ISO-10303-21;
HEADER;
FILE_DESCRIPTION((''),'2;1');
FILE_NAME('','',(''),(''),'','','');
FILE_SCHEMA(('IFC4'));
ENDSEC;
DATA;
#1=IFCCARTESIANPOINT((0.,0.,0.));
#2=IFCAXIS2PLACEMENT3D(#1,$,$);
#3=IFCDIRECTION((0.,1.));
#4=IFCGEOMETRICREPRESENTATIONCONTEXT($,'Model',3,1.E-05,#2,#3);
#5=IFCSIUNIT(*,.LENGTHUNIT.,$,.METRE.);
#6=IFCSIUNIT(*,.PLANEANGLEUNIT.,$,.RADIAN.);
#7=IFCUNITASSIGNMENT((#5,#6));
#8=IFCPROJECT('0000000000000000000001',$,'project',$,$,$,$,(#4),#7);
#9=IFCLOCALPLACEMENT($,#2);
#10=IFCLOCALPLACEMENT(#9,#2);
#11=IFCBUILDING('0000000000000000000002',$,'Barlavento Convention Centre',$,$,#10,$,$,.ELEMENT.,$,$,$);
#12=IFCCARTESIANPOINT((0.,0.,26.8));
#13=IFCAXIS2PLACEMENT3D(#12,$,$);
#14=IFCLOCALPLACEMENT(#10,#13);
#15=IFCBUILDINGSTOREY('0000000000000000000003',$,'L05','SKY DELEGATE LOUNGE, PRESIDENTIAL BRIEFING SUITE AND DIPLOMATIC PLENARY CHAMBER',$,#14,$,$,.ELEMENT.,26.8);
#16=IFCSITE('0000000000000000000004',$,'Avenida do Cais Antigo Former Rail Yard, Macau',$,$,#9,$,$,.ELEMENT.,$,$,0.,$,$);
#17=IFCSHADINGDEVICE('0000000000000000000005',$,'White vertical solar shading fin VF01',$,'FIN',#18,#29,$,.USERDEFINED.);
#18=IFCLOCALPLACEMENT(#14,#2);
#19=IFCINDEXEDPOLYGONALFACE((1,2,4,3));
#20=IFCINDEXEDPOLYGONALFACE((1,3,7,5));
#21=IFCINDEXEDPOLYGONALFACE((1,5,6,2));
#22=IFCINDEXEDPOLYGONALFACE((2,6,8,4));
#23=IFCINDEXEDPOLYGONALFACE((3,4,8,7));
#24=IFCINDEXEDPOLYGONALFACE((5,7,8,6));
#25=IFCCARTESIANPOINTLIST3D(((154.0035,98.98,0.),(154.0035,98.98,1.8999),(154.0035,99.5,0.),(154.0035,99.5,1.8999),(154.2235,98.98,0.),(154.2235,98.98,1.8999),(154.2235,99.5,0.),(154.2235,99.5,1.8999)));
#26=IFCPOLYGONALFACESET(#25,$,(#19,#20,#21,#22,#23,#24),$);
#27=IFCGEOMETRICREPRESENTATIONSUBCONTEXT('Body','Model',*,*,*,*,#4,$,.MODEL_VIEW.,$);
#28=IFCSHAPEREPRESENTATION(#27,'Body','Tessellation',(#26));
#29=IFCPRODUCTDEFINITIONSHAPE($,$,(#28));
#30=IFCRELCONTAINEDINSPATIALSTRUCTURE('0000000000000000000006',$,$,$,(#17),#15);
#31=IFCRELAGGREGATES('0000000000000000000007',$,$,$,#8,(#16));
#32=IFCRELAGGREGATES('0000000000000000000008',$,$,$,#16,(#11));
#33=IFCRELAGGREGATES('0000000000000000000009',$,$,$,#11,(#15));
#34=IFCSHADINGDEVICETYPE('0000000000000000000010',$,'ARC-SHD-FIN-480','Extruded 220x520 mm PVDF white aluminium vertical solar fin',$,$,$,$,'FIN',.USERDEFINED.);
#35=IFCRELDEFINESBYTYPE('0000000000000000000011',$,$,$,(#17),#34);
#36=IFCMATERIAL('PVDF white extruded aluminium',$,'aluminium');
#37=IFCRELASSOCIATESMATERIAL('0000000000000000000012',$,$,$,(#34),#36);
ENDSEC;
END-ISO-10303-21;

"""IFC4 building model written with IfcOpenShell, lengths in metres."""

from ifc_helpers import new_model, si_unit, direction, frame, origin, origin_2d, place, context, subcontext, project, spatial, rectangle, extrude, material, type_object, element, save


model = new_model("IFC4")

# Units and contexts
model_context = context("Model", 3, precision=1e-05, world=origin(), true_north=direction((0.0, 1.0)))
body_context = subcontext(model_context, "Body", "Model", "MODEL_VIEW")
ifc_project = project(units=[si_unit("LENGTHUNIT", "METRE"), si_unit("PLANEANGLEUNIT", "RADIAN")], contexts=[model_context])

# Site, building, storey
site_placement = place(None, origin())
site = spatial("IfcSite", under=ifc_project, at=site_placement, Name="Avenida do Cais Antigo Former Rail Yard, Macau", CompositionType="ELEMENT", RefElevation=0.0)
building_placement = place(site_placement, origin())
building = spatial("IfcBuilding", under=site, at=building_placement, Name="Barlavento Convention Centre", CompositionType="ELEMENT")
storey_placement = place(building_placement, frame((0.0, 0.0, 26.8)))
storey = spatial("IfcBuildingStorey", under=building, at=storey_placement, Name="L05", Description="SKY DELEGATE LOUNGE, PRESIDENTIAL BRIEFING SUITE AND DIPLOMATIC PLENARY CHAMBER", CompositionType="ELEMENT", Elevation=26.8)

# Shading device
ifc_material_1 = material(Name="PVDF white extruded aluminium", Category="aluminium")
shading_device_type = type_object("IfcShadingDeviceType", Name="ARC-SHD-FIN-480", Description="Extruded 220x520 mm PVDF white aluminium vertical solar fin", ElementType="FIN", PredefinedType="USERDEFINED", material=ifc_material_1)
shading_device_placement = place(storey_placement, frame((154.1135, 99.24, 0.0), z_axis=(0.0, 0.0, 1.0), x_axis=(1.0, 0.0, 0.0)))
element("IfcShadingDevice", 1, at=shading_device_placement, inside=storey, type_object=shading_device_type, Name="White vertical solar shading fin VF01", ObjectType="FIN", PredefinedType="USERDEFINED", context=body_context, shape_type="SweptSolid", body=[
    extrude(rectangle(XDim=0.22, YDim=0.52, at=origin_2d()), origin(), (0.0, 0.0, 1.0), 1.8999),
])

save(model, "model.ifc")
